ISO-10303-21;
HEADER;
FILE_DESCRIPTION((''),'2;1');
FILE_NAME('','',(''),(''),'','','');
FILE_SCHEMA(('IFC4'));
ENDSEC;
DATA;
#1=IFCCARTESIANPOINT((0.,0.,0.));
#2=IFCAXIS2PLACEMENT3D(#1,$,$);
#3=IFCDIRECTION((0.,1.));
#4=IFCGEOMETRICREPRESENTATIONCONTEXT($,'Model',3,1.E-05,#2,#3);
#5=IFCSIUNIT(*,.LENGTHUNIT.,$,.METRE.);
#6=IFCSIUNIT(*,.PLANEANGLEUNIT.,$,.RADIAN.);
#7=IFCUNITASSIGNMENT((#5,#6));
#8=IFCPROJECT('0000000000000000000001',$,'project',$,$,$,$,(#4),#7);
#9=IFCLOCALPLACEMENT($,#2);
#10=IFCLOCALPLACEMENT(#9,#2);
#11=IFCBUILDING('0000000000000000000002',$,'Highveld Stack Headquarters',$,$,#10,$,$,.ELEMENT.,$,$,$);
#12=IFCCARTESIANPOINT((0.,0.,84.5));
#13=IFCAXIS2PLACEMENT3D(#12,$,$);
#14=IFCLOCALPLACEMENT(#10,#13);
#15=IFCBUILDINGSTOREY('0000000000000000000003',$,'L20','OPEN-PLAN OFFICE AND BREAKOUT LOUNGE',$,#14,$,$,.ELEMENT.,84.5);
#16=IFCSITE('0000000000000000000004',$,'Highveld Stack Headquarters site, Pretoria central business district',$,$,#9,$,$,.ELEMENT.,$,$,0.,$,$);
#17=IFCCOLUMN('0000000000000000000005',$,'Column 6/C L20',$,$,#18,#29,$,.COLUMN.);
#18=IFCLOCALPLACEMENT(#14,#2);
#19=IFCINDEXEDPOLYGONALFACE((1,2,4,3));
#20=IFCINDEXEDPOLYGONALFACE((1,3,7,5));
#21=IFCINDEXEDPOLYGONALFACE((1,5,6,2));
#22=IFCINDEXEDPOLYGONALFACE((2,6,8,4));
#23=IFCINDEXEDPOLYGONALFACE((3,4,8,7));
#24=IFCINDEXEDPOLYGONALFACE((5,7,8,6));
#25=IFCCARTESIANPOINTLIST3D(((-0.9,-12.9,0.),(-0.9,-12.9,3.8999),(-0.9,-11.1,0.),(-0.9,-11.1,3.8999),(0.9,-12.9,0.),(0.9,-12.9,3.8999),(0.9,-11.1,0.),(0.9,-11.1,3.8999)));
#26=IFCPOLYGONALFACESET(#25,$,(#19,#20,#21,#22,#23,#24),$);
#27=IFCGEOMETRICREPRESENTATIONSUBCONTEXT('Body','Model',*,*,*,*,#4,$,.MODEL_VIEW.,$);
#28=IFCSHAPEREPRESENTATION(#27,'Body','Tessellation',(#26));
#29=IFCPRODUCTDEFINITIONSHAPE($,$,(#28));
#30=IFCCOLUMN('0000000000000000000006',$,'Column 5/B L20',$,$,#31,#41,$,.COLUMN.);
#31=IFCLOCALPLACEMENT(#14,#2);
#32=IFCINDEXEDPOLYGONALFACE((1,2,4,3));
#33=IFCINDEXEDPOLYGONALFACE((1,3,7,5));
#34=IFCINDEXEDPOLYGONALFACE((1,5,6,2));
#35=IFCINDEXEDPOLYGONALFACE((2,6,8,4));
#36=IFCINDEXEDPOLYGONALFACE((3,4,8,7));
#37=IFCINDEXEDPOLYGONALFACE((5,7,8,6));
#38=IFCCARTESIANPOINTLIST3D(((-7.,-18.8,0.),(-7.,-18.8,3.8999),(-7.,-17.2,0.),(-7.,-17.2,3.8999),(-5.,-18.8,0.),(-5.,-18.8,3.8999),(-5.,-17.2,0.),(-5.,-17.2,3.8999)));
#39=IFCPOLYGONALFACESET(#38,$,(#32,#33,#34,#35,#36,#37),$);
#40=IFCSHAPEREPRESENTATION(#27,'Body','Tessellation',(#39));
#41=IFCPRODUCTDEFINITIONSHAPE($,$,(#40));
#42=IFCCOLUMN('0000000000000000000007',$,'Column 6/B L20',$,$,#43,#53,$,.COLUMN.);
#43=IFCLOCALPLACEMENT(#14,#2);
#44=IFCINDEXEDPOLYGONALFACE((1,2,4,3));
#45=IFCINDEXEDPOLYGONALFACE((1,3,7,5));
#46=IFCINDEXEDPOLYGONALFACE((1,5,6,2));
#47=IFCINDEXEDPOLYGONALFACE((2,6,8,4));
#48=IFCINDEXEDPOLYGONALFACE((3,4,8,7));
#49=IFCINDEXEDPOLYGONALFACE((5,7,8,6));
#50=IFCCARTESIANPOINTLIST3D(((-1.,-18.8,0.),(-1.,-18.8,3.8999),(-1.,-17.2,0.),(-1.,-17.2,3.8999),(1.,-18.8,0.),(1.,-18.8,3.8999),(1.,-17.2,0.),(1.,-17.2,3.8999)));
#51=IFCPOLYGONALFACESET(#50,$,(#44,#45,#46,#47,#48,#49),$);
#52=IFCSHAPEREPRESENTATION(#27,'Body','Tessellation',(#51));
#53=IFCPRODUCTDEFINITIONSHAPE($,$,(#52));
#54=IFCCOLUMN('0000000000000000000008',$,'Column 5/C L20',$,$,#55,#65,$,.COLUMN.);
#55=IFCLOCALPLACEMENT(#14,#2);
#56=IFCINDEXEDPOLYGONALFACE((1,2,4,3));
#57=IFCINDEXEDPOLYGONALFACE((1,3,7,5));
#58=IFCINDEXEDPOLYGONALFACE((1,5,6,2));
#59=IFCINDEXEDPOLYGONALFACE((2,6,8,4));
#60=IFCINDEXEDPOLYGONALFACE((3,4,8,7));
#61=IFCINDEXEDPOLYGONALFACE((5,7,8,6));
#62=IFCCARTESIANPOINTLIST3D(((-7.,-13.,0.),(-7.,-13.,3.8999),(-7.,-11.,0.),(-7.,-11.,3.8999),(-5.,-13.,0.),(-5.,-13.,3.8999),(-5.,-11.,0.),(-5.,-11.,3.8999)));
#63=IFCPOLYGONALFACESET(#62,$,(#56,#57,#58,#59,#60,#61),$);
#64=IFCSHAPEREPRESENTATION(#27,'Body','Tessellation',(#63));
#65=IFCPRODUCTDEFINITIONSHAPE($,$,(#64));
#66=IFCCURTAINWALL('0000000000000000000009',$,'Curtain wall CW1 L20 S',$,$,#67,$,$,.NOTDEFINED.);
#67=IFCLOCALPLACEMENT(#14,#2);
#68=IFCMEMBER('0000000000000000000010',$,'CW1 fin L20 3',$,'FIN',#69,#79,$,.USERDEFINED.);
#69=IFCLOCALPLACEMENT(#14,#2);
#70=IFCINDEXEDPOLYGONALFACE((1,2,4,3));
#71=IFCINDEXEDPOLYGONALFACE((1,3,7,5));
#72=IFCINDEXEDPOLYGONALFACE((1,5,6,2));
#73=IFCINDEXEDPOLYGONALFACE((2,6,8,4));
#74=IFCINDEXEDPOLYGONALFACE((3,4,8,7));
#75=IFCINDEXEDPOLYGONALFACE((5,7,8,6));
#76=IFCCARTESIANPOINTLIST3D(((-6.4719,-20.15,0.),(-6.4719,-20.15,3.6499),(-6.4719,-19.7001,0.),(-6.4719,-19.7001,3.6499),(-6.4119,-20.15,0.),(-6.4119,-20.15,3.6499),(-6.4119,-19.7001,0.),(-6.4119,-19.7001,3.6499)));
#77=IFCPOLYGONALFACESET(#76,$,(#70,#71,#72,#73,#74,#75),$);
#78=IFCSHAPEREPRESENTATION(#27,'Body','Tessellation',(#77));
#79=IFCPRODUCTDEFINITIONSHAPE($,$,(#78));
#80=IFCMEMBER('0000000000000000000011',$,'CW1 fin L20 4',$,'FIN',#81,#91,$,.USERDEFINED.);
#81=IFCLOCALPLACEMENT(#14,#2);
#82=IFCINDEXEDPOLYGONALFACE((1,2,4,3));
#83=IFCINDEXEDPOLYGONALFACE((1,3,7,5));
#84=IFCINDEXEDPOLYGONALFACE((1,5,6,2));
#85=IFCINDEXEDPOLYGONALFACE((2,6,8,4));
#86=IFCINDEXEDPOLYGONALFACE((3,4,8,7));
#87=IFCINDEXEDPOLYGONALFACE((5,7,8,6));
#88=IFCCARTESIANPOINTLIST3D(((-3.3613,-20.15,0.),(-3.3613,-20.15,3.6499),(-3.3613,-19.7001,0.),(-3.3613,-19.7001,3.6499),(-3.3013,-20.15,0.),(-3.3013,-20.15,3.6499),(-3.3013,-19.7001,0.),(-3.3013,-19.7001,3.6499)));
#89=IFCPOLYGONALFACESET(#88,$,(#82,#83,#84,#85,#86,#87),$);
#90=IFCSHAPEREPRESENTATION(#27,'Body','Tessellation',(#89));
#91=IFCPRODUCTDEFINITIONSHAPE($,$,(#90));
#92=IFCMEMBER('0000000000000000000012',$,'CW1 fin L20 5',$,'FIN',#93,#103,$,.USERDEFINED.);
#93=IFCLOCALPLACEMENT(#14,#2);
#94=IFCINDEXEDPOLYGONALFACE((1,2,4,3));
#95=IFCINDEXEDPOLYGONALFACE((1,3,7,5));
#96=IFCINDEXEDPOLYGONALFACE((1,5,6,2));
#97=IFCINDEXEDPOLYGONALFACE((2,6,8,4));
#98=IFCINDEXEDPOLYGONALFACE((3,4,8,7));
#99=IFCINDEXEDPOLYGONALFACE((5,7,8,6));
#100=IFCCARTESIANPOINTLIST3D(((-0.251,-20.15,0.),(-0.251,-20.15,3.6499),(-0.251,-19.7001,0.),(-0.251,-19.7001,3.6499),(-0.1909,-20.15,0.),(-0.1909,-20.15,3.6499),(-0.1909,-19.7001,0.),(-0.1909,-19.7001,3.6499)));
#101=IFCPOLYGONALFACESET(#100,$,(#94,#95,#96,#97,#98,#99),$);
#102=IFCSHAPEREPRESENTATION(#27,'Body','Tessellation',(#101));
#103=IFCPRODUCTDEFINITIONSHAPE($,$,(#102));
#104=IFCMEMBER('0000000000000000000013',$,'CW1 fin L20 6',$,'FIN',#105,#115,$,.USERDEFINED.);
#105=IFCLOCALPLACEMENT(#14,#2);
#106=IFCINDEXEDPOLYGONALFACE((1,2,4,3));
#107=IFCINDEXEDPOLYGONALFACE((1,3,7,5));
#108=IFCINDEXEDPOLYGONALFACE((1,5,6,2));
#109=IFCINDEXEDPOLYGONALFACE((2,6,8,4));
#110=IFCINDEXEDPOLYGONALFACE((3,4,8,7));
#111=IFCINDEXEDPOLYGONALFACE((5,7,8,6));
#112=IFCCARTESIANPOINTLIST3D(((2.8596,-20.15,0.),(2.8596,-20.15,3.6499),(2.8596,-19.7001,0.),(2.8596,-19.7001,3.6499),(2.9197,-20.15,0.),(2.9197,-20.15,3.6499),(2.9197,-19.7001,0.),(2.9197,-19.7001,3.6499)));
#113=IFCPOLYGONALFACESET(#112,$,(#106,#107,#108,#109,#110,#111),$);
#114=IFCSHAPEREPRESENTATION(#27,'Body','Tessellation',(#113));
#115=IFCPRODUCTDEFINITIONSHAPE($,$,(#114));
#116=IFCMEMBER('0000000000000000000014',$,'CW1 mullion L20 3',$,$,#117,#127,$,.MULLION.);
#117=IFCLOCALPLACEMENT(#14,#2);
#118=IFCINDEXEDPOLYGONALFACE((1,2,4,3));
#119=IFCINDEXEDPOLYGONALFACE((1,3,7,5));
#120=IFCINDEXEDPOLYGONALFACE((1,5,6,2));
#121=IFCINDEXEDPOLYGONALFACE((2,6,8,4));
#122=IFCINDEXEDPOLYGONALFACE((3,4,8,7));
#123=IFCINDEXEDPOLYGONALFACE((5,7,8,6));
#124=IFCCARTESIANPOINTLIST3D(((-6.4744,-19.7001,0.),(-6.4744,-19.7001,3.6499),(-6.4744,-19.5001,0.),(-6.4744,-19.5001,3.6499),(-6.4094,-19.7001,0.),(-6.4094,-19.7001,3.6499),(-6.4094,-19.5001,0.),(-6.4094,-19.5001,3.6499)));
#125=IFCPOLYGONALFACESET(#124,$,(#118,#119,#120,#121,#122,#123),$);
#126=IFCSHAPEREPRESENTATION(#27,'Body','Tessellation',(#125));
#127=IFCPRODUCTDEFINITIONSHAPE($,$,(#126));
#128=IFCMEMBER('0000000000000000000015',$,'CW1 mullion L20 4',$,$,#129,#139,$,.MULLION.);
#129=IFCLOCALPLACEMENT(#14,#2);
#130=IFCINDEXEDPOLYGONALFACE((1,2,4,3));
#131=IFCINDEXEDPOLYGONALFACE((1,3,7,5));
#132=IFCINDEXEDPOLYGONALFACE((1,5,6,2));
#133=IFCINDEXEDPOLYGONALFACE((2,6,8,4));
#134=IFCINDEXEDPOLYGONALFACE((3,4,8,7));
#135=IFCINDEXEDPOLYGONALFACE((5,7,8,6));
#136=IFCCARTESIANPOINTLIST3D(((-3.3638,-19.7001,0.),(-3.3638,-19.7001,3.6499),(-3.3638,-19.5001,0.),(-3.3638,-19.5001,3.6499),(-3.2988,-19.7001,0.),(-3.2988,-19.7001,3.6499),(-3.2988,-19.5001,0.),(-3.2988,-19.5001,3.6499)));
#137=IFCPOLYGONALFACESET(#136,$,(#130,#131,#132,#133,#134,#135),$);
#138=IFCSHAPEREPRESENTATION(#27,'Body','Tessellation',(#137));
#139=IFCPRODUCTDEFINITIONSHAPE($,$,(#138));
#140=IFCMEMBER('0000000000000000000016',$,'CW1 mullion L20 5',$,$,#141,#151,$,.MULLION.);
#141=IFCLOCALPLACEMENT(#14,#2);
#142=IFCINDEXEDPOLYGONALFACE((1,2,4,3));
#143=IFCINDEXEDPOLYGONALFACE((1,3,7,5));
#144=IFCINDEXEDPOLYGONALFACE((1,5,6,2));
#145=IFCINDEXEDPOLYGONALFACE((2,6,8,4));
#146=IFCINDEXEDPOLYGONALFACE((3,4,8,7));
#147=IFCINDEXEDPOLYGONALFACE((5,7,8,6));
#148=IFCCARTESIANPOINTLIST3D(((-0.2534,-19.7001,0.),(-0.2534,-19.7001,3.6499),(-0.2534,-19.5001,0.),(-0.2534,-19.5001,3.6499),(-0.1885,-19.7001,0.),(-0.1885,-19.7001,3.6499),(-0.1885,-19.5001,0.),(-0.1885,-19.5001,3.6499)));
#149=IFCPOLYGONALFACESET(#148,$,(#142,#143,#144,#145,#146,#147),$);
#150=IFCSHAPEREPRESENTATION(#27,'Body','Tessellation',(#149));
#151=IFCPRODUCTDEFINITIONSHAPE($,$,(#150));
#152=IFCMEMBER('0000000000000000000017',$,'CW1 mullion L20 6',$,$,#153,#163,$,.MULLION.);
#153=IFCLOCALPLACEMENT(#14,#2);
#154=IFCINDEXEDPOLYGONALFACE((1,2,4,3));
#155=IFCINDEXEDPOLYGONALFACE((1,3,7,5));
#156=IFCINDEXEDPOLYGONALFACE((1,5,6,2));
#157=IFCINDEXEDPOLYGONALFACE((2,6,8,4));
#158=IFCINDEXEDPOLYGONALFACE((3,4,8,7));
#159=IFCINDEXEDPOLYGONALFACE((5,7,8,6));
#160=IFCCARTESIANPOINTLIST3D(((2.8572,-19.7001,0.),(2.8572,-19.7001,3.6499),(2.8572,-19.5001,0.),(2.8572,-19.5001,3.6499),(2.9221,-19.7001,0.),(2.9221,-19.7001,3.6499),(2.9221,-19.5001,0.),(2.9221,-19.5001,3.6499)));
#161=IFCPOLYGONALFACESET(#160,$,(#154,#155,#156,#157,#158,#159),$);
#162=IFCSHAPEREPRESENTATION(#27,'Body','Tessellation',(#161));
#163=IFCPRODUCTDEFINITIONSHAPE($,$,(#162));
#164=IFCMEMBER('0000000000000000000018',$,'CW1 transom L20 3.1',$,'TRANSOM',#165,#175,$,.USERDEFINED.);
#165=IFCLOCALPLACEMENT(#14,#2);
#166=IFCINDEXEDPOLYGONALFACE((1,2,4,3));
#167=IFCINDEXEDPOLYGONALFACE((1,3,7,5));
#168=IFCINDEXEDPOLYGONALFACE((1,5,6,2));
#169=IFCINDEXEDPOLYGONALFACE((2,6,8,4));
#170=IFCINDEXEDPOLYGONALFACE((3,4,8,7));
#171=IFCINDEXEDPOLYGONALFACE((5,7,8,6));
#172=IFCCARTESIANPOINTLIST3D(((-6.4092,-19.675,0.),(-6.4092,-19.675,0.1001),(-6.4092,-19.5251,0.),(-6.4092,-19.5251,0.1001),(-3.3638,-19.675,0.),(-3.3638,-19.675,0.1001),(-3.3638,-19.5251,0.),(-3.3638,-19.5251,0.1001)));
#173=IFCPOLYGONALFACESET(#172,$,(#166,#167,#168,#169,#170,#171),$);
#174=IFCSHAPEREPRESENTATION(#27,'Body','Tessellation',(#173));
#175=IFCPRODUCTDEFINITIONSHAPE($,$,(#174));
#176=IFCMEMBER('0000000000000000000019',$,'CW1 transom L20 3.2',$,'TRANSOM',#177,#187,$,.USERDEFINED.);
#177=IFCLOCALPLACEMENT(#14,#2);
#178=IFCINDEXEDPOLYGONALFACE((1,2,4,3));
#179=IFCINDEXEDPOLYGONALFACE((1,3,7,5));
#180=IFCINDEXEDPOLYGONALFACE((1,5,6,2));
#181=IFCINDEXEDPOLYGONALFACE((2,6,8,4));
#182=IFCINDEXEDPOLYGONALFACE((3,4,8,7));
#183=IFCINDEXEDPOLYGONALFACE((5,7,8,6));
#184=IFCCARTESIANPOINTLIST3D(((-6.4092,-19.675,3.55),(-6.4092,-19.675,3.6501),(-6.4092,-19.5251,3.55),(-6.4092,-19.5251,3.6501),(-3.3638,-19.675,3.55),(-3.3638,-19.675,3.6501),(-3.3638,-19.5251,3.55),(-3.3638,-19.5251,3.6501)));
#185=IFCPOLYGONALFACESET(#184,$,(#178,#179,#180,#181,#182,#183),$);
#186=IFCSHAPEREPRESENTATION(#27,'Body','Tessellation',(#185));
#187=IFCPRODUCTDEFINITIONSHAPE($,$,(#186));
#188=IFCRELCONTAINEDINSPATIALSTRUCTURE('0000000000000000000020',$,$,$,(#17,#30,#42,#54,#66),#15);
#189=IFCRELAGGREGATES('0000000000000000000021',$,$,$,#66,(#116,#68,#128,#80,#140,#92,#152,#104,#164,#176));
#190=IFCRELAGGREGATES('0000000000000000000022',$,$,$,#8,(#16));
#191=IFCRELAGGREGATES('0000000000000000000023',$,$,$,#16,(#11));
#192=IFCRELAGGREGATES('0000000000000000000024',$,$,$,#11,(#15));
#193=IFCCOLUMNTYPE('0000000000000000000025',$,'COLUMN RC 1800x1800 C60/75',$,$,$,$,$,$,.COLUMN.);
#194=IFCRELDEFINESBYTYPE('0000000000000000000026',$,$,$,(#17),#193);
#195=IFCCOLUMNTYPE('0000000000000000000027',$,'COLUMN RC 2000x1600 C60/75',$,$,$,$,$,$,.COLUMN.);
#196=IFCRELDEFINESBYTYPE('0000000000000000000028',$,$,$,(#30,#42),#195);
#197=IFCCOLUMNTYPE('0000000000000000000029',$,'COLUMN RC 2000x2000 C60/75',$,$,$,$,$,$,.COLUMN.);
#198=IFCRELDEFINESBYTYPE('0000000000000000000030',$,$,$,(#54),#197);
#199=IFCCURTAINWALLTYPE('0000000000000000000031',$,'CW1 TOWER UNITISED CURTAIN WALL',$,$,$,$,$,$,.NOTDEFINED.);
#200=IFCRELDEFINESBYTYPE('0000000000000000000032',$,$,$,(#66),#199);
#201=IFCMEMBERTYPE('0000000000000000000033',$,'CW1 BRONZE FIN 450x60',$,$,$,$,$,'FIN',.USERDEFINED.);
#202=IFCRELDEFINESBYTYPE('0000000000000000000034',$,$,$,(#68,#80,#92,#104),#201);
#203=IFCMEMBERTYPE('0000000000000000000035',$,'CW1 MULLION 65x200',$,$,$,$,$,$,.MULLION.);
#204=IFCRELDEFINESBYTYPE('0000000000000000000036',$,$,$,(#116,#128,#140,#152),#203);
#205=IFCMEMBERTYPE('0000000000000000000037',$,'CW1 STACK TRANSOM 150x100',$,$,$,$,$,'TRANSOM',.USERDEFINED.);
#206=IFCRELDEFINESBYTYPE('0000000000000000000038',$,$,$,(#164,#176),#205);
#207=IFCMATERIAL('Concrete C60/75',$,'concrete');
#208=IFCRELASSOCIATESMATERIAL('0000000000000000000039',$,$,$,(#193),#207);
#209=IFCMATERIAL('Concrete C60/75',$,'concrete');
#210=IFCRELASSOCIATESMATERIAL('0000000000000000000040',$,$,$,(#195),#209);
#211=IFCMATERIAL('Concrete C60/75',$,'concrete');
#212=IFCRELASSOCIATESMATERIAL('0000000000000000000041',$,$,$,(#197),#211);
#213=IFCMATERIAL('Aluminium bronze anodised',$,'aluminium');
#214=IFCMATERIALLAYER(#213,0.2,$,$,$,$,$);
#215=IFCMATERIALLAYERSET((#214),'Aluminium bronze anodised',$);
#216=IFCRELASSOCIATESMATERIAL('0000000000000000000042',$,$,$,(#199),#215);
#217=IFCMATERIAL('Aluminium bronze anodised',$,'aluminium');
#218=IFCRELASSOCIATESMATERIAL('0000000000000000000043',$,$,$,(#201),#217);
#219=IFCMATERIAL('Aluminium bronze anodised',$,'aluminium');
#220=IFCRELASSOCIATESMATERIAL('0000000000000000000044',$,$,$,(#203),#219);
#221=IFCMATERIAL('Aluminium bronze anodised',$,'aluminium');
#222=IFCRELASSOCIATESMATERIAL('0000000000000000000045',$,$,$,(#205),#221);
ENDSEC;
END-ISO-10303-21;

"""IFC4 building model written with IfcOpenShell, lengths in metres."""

from ifc_helpers import new_model, si_unit, direction, frame, origin, origin_2d, place, context, subcontext, project, spatial, rectangle, extrude, material, layer, layer_set, material_profile, profile_set, type_object, element, aggregate, save


model = new_model("IFC4")

# Units and contexts
model_context = context("Model", 3, precision=1e-05, world=origin(), true_north=direction((0.0, 1.0)))
body_context = subcontext(model_context, "Body", "Model", "MODEL_VIEW")
ifc_project = project(units=[si_unit("LENGTHUNIT", "METRE"), si_unit("PLANEANGLEUNIT", "RADIAN")], contexts=[model_context])

# Site, building, storey
site_placement = place(None, origin())
site = spatial("IfcSite", under=ifc_project, at=site_placement, Name="Highveld Stack Headquarters site, Pretoria central business district", CompositionType="ELEMENT", RefElevation=0.0)
building_placement = place(site_placement, origin())
building = spatial("IfcBuilding", under=site, at=building_placement, Name="Highveld Stack Headquarters", CompositionType="ELEMENT")
storey_placement = place(building_placement, frame((0.0, 0.0, 84.5)))
storey = spatial("IfcBuildingStorey", under=building, at=storey_placement, Name="L20", Description="OPEN-PLAN OFFICE AND BREAKOUT LOUNGE", CompositionType="ELEMENT", Elevation=84.5)

# Columns
ifc_material_1 = material(Name="Concrete C60/75", Category="concrete")
ifc_material_profile_1 = material_profile(ifc_material_1, rectangle(XDim=1.8, YDim=1.8, at=origin_2d()), Name="RC 1800x1800")
ifc_profile_set_1 = profile_set([ifc_material_profile_1], Name="Concrete C60/75")
column_type_1 = type_object("IfcColumnType", Name="COLUMN RC 1800x1800 C60/75", PredefinedType="COLUMN", material=ifc_profile_set_1)
column_1_placement = place(storey_placement, frame((0.0, -12.0, 0.0), z_axis=(0.0, 0.0, 1.0), x_axis=(1.0, 0.0, 0.0)))
element("IfcColumn", 1, at=column_1_placement, inside=storey, type_object=column_type_1, Name="Column 6/C L20", PredefinedType="COLUMN", context=body_context, shape_type="SweptSolid", body=[
    extrude(rectangle(XDim=1.8, YDim=1.8, at=origin_2d()), origin(), (0.0, 0.0, 1.0), 3.8999),
])
ifc_material_2 = material(Name="Concrete C60/75", Category="concrete")
ifc_material_profile_2 = material_profile(ifc_material_2, rectangle(XDim=2.0, YDim=1.6001, at=origin_2d()), Name="RC 2000x1600")
ifc_profile_set_2 = profile_set([ifc_material_profile_2], Name="Concrete C60/75")
column_type_2 = type_object("IfcColumnType", Name="COLUMN RC 2000x1600 C60/75", PredefinedType="COLUMN", material=ifc_profile_set_2)
for number, where, z_axis, x_axis, name in (
    (2, (-6.0, -18.0, 0.0), (0.0, 0.0, 1.0), (1.0, 0.0, 0.0), "Column 5/B L20"),
    (3, (0.0, -18.0, 0.0), (0.0, 0.0, 1.0), (1.0, 0.0, 0.0), "Column 6/B L20"),
):
    element("IfcColumn", number, at=place(storey_placement, frame(where, z_axis=z_axis, x_axis=x_axis)), inside=storey, type_object=column_type_2, Name=name, PredefinedType="COLUMN", context=body_context, shape_type="SweptSolid", body=[
        extrude(rectangle(XDim=2.0, YDim=1.6001, at=origin_2d()), origin(), (0.0, 0.0, 1.0), 3.8999),
    ])
ifc_material_3 = material(Name="Concrete C60/75", Category="concrete")
ifc_material_profile_3 = material_profile(ifc_material_3, rectangle(XDim=2.0, YDim=2.0, at=origin_2d()), Name="RC 2000x2000")
ifc_profile_set_3 = profile_set([ifc_material_profile_3], Name="Concrete C60/75")
column_type_3 = type_object("IfcColumnType", Name="COLUMN RC 2000x2000 C60/75", PredefinedType="COLUMN", material=ifc_profile_set_3)
column_2_placement = place(storey_placement, frame((-6.0, -12.0, 0.0), z_axis=(0.0, 0.0, 1.0), x_axis=(1.0, 0.0, 0.0)))
element("IfcColumn", 4, at=column_2_placement, inside=storey, type_object=column_type_3, Name="Column 5/C L20", PredefinedType="COLUMN", context=body_context, shape_type="SweptSolid", body=[
    extrude(rectangle(XDim=2.0, YDim=2.0, at=origin_2d()), origin(), (0.0, 0.0, 1.0), 3.8999),
])

# Curtain wall, members
ifc_material_4 = material(Name="Aluminium bronze anodised", Category="aluminium")
ifc_layer_1 = layer(ifc_material_4, 0.2)
ifc_layer_set_1 = layer_set([ifc_layer_1], Name="Aluminium bronze anodised")
curtain_wall_type = type_object("IfcCurtainWallType", Name="CW1 TOWER UNITISED CURTAIN WALL", PredefinedType="NOTDEFINED", material=ifc_layer_set_1)
curtain_wall_placement = place(storey_placement, origin())
curtain_wall = element("IfcCurtainWall", 5, at=curtain_wall_placement, inside=storey, type_object=curtain_wall_type, Name="Curtain wall CW1 L20 S", PredefinedType="NOTDEFINED")
ifc_material_5 = material(Name="Aluminium bronze anodised", Category="aluminium")
ifc_material_profile_4 = material_profile(ifc_material_5, rectangle(XDim=0.45, YDim=0.0601, at=origin_2d()), Name="FIN 450x60")
ifc_profile_set_4 = profile_set([ifc_material_profile_4], Name="Aluminium bronze anodised")
member_type_1 = type_object("IfcMemberType", Name="CW1 BRONZE FIN 450x60", ElementType="FIN", PredefinedType="USERDEFINED", material=ifc_profile_set_4)
member_1_placement = place(storey_placement, frame((-6.4419, -19.925, 0.0), z_axis=(0.0, 0.0, 1.0), x_axis=(0.0, 1.0, 0.0)))
member_1 = element("IfcMember", 6, at=member_1_placement, type_object=member_type_1, Name="CW1 fin L20 3", ObjectType="FIN", PredefinedType="USERDEFINED", context=body_context, shape_type="SweptSolid", body=[
    extrude(rectangle(XDim=0.45, YDim=0.0601, at=origin_2d()), origin(), (0.0, 0.0, 1.0), 3.6499),
])
member_2_placement = place(storey_placement, frame((-3.3313, -19.925, 0.0), z_axis=(0.0, 0.0, 1.0), x_axis=(0.0, 1.0, 0.0)))
member_2 = element("IfcMember", 7, at=member_2_placement, type_object=member_type_1, Name="CW1 fin L20 4", ObjectType="FIN", PredefinedType="USERDEFINED", context=body_context, shape_type="SweptSolid", body=[
    extrude(rectangle(XDim=0.45, YDim=0.0601, at=origin_2d()), origin(), (0.0, 0.0, 1.0), 3.6499),
])
member_3_placement = place(storey_placement, frame((-0.2209, -19.925, 0.0), z_axis=(0.0, 0.0, 1.0), x_axis=(0.0, 1.0, 0.0)))
member_3 = element("IfcMember", 8, at=member_3_placement, type_object=member_type_1, Name="CW1 fin L20 5", ObjectType="FIN", PredefinedType="USERDEFINED", context=body_context, shape_type="SweptSolid", body=[
    extrude(rectangle(XDim=0.45, YDim=0.0601, at=origin_2d()), origin(), (0.0, 0.0, 1.0), 3.6499),
])
member_4_placement = place(storey_placement, frame((2.8896, -19.925, 0.0), z_axis=(0.0, 0.0, 1.0), x_axis=(0.0, 1.0, 0.0)))
member_4 = element("IfcMember", 9, at=member_4_placement, type_object=member_type_1, Name="CW1 fin L20 6", ObjectType="FIN", PredefinedType="USERDEFINED", context=body_context, shape_type="SweptSolid", body=[
    extrude(rectangle(XDim=0.45, YDim=0.0601, at=origin_2d()), origin(), (0.0, 0.0, 1.0), 3.6499),
])
ifc_material_6 = material(Name="Aluminium bronze anodised", Category="aluminium")
ifc_material_profile_5 = material_profile(ifc_material_6, rectangle(XDim=0.2, YDim=0.0649, at=origin_2d()), Name="CW1 MULLION 65x200")
ifc_profile_set_5 = profile_set([ifc_material_profile_5], Name="Aluminium bronze anodised")
member_type_2 = type_object("IfcMemberType", Name="CW1 MULLION 65x200", PredefinedType="MULLION", material=ifc_profile_set_5)
member_5_placement = place(storey_placement, frame((-6.4419, -19.6001, 0.0), z_axis=(0.0, 0.0, 1.0), x_axis=(0.0, 1.0, 0.0)))
member_5 = element("IfcMember", 10, at=member_5_placement, type_object=member_type_2, Name="CW1 mullion L20 3", PredefinedType="MULLION", context=body_context, shape_type="SweptSolid", body=[
    extrude(rectangle(XDim=0.2, YDim=0.0649, at=origin_2d()), origin(), (0.0, 0.0, 1.0), 3.6499),
])
member_6_placement = place(storey_placement, frame((-3.3313, -19.6001, 0.0), z_axis=(0.0, 0.0, 1.0), x_axis=(0.0, 1.0, 0.0)))
member_6 = element("IfcMember", 11, at=member_6_placement, type_object=member_type_2, Name="CW1 mullion L20 4", PredefinedType="MULLION", context=body_context, shape_type="SweptSolid", body=[
    extrude(rectangle(XDim=0.2, YDim=0.0649, at=origin_2d()), origin(), (0.0, 0.0, 1.0), 3.6499),
])
member_7_placement = place(storey_placement, frame((-0.2209, -19.6001, 0.0), z_axis=(0.0, 0.0, 1.0), x_axis=(0.0, 1.0, 0.0)))
member_7 = element("IfcMember", 12, at=member_7_placement, type_object=member_type_2, Name="CW1 mullion L20 5", PredefinedType="MULLION", context=body_context, shape_type="SweptSolid", body=[
    extrude(rectangle(XDim=0.2, YDim=0.0649, at=origin_2d()), origin(), (0.0, 0.0, 1.0), 3.6499),
])
member_8_placement = place(storey_placement, frame((2.8896, -19.6001, 0.0), z_axis=(0.0, 0.0, 1.0), x_axis=(0.0, 1.0, 0.0)))
member_8 = element("IfcMember", 13, at=member_8_placement, type_object=member_type_2, Name="CW1 mullion L20 6", PredefinedType="MULLION", context=body_context, shape_type="SweptSolid", body=[
    extrude(rectangle(XDim=0.2, YDim=0.0649, at=origin_2d()), origin(), (0.0, 0.0, 1.0), 3.6499),
])
ifc_material_7 = material(Name="Aluminium bronze anodised", Category="aluminium")
ifc_material_profile_6 = material_profile(ifc_material_7, rectangle(XDim=0.1499, YDim=0.1001, at=origin_2d()), Name="CW1 TRANSOM 150x100")
ifc_profile_set_6 = profile_set([ifc_material_profile_6], Name="Aluminium bronze anodised")
member_type_3 = type_object("IfcMemberType", Name="CW1 STACK TRANSOM 150x100", ElementType="TRANSOM", PredefinedType="USERDEFINED", material=ifc_profile_set_6)
member_9_placement = place(storey_placement, frame((-6.4092, -19.6001, 0.05), z_axis=(1.0, 0.0, 0.0), x_axis=(0.0, 1.0, 0.0)))
member_9 = element("IfcMember", 14, at=member_9_placement, type_object=member_type_3, Name="CW1 transom L20 3.1", ObjectType="TRANSOM", PredefinedType="USERDEFINED", context=body_context, shape_type="SweptSolid", body=[
    extrude(rectangle(XDim=0.1499, YDim=0.1001, at=origin_2d()), origin(), (0.0, 0.0, 1.0), 3.0454),
])
member_10_placement = place(storey_placement, frame((-6.4092, -19.6001, 3.6001), z_axis=(1.0, 0.0, 0.0), x_axis=(0.0, 1.0, 0.0)))
member_10 = element("IfcMember", 15, at=member_10_placement, type_object=member_type_3, Name="CW1 transom L20 3.2", ObjectType="TRANSOM", PredefinedType="USERDEFINED", context=body_context, shape_type="SweptSolid", body=[
    extrude(rectangle(XDim=0.1499, YDim=0.1001, at=origin_2d()), origin(), (0.0, 0.0, 1.0), 3.0454),
])
aggregate(curtain_wall, [member_5, member_1, member_6, member_2, member_7, member_3, member_8, member_4, member_9, member_10])

save(model, "model.ifc")
